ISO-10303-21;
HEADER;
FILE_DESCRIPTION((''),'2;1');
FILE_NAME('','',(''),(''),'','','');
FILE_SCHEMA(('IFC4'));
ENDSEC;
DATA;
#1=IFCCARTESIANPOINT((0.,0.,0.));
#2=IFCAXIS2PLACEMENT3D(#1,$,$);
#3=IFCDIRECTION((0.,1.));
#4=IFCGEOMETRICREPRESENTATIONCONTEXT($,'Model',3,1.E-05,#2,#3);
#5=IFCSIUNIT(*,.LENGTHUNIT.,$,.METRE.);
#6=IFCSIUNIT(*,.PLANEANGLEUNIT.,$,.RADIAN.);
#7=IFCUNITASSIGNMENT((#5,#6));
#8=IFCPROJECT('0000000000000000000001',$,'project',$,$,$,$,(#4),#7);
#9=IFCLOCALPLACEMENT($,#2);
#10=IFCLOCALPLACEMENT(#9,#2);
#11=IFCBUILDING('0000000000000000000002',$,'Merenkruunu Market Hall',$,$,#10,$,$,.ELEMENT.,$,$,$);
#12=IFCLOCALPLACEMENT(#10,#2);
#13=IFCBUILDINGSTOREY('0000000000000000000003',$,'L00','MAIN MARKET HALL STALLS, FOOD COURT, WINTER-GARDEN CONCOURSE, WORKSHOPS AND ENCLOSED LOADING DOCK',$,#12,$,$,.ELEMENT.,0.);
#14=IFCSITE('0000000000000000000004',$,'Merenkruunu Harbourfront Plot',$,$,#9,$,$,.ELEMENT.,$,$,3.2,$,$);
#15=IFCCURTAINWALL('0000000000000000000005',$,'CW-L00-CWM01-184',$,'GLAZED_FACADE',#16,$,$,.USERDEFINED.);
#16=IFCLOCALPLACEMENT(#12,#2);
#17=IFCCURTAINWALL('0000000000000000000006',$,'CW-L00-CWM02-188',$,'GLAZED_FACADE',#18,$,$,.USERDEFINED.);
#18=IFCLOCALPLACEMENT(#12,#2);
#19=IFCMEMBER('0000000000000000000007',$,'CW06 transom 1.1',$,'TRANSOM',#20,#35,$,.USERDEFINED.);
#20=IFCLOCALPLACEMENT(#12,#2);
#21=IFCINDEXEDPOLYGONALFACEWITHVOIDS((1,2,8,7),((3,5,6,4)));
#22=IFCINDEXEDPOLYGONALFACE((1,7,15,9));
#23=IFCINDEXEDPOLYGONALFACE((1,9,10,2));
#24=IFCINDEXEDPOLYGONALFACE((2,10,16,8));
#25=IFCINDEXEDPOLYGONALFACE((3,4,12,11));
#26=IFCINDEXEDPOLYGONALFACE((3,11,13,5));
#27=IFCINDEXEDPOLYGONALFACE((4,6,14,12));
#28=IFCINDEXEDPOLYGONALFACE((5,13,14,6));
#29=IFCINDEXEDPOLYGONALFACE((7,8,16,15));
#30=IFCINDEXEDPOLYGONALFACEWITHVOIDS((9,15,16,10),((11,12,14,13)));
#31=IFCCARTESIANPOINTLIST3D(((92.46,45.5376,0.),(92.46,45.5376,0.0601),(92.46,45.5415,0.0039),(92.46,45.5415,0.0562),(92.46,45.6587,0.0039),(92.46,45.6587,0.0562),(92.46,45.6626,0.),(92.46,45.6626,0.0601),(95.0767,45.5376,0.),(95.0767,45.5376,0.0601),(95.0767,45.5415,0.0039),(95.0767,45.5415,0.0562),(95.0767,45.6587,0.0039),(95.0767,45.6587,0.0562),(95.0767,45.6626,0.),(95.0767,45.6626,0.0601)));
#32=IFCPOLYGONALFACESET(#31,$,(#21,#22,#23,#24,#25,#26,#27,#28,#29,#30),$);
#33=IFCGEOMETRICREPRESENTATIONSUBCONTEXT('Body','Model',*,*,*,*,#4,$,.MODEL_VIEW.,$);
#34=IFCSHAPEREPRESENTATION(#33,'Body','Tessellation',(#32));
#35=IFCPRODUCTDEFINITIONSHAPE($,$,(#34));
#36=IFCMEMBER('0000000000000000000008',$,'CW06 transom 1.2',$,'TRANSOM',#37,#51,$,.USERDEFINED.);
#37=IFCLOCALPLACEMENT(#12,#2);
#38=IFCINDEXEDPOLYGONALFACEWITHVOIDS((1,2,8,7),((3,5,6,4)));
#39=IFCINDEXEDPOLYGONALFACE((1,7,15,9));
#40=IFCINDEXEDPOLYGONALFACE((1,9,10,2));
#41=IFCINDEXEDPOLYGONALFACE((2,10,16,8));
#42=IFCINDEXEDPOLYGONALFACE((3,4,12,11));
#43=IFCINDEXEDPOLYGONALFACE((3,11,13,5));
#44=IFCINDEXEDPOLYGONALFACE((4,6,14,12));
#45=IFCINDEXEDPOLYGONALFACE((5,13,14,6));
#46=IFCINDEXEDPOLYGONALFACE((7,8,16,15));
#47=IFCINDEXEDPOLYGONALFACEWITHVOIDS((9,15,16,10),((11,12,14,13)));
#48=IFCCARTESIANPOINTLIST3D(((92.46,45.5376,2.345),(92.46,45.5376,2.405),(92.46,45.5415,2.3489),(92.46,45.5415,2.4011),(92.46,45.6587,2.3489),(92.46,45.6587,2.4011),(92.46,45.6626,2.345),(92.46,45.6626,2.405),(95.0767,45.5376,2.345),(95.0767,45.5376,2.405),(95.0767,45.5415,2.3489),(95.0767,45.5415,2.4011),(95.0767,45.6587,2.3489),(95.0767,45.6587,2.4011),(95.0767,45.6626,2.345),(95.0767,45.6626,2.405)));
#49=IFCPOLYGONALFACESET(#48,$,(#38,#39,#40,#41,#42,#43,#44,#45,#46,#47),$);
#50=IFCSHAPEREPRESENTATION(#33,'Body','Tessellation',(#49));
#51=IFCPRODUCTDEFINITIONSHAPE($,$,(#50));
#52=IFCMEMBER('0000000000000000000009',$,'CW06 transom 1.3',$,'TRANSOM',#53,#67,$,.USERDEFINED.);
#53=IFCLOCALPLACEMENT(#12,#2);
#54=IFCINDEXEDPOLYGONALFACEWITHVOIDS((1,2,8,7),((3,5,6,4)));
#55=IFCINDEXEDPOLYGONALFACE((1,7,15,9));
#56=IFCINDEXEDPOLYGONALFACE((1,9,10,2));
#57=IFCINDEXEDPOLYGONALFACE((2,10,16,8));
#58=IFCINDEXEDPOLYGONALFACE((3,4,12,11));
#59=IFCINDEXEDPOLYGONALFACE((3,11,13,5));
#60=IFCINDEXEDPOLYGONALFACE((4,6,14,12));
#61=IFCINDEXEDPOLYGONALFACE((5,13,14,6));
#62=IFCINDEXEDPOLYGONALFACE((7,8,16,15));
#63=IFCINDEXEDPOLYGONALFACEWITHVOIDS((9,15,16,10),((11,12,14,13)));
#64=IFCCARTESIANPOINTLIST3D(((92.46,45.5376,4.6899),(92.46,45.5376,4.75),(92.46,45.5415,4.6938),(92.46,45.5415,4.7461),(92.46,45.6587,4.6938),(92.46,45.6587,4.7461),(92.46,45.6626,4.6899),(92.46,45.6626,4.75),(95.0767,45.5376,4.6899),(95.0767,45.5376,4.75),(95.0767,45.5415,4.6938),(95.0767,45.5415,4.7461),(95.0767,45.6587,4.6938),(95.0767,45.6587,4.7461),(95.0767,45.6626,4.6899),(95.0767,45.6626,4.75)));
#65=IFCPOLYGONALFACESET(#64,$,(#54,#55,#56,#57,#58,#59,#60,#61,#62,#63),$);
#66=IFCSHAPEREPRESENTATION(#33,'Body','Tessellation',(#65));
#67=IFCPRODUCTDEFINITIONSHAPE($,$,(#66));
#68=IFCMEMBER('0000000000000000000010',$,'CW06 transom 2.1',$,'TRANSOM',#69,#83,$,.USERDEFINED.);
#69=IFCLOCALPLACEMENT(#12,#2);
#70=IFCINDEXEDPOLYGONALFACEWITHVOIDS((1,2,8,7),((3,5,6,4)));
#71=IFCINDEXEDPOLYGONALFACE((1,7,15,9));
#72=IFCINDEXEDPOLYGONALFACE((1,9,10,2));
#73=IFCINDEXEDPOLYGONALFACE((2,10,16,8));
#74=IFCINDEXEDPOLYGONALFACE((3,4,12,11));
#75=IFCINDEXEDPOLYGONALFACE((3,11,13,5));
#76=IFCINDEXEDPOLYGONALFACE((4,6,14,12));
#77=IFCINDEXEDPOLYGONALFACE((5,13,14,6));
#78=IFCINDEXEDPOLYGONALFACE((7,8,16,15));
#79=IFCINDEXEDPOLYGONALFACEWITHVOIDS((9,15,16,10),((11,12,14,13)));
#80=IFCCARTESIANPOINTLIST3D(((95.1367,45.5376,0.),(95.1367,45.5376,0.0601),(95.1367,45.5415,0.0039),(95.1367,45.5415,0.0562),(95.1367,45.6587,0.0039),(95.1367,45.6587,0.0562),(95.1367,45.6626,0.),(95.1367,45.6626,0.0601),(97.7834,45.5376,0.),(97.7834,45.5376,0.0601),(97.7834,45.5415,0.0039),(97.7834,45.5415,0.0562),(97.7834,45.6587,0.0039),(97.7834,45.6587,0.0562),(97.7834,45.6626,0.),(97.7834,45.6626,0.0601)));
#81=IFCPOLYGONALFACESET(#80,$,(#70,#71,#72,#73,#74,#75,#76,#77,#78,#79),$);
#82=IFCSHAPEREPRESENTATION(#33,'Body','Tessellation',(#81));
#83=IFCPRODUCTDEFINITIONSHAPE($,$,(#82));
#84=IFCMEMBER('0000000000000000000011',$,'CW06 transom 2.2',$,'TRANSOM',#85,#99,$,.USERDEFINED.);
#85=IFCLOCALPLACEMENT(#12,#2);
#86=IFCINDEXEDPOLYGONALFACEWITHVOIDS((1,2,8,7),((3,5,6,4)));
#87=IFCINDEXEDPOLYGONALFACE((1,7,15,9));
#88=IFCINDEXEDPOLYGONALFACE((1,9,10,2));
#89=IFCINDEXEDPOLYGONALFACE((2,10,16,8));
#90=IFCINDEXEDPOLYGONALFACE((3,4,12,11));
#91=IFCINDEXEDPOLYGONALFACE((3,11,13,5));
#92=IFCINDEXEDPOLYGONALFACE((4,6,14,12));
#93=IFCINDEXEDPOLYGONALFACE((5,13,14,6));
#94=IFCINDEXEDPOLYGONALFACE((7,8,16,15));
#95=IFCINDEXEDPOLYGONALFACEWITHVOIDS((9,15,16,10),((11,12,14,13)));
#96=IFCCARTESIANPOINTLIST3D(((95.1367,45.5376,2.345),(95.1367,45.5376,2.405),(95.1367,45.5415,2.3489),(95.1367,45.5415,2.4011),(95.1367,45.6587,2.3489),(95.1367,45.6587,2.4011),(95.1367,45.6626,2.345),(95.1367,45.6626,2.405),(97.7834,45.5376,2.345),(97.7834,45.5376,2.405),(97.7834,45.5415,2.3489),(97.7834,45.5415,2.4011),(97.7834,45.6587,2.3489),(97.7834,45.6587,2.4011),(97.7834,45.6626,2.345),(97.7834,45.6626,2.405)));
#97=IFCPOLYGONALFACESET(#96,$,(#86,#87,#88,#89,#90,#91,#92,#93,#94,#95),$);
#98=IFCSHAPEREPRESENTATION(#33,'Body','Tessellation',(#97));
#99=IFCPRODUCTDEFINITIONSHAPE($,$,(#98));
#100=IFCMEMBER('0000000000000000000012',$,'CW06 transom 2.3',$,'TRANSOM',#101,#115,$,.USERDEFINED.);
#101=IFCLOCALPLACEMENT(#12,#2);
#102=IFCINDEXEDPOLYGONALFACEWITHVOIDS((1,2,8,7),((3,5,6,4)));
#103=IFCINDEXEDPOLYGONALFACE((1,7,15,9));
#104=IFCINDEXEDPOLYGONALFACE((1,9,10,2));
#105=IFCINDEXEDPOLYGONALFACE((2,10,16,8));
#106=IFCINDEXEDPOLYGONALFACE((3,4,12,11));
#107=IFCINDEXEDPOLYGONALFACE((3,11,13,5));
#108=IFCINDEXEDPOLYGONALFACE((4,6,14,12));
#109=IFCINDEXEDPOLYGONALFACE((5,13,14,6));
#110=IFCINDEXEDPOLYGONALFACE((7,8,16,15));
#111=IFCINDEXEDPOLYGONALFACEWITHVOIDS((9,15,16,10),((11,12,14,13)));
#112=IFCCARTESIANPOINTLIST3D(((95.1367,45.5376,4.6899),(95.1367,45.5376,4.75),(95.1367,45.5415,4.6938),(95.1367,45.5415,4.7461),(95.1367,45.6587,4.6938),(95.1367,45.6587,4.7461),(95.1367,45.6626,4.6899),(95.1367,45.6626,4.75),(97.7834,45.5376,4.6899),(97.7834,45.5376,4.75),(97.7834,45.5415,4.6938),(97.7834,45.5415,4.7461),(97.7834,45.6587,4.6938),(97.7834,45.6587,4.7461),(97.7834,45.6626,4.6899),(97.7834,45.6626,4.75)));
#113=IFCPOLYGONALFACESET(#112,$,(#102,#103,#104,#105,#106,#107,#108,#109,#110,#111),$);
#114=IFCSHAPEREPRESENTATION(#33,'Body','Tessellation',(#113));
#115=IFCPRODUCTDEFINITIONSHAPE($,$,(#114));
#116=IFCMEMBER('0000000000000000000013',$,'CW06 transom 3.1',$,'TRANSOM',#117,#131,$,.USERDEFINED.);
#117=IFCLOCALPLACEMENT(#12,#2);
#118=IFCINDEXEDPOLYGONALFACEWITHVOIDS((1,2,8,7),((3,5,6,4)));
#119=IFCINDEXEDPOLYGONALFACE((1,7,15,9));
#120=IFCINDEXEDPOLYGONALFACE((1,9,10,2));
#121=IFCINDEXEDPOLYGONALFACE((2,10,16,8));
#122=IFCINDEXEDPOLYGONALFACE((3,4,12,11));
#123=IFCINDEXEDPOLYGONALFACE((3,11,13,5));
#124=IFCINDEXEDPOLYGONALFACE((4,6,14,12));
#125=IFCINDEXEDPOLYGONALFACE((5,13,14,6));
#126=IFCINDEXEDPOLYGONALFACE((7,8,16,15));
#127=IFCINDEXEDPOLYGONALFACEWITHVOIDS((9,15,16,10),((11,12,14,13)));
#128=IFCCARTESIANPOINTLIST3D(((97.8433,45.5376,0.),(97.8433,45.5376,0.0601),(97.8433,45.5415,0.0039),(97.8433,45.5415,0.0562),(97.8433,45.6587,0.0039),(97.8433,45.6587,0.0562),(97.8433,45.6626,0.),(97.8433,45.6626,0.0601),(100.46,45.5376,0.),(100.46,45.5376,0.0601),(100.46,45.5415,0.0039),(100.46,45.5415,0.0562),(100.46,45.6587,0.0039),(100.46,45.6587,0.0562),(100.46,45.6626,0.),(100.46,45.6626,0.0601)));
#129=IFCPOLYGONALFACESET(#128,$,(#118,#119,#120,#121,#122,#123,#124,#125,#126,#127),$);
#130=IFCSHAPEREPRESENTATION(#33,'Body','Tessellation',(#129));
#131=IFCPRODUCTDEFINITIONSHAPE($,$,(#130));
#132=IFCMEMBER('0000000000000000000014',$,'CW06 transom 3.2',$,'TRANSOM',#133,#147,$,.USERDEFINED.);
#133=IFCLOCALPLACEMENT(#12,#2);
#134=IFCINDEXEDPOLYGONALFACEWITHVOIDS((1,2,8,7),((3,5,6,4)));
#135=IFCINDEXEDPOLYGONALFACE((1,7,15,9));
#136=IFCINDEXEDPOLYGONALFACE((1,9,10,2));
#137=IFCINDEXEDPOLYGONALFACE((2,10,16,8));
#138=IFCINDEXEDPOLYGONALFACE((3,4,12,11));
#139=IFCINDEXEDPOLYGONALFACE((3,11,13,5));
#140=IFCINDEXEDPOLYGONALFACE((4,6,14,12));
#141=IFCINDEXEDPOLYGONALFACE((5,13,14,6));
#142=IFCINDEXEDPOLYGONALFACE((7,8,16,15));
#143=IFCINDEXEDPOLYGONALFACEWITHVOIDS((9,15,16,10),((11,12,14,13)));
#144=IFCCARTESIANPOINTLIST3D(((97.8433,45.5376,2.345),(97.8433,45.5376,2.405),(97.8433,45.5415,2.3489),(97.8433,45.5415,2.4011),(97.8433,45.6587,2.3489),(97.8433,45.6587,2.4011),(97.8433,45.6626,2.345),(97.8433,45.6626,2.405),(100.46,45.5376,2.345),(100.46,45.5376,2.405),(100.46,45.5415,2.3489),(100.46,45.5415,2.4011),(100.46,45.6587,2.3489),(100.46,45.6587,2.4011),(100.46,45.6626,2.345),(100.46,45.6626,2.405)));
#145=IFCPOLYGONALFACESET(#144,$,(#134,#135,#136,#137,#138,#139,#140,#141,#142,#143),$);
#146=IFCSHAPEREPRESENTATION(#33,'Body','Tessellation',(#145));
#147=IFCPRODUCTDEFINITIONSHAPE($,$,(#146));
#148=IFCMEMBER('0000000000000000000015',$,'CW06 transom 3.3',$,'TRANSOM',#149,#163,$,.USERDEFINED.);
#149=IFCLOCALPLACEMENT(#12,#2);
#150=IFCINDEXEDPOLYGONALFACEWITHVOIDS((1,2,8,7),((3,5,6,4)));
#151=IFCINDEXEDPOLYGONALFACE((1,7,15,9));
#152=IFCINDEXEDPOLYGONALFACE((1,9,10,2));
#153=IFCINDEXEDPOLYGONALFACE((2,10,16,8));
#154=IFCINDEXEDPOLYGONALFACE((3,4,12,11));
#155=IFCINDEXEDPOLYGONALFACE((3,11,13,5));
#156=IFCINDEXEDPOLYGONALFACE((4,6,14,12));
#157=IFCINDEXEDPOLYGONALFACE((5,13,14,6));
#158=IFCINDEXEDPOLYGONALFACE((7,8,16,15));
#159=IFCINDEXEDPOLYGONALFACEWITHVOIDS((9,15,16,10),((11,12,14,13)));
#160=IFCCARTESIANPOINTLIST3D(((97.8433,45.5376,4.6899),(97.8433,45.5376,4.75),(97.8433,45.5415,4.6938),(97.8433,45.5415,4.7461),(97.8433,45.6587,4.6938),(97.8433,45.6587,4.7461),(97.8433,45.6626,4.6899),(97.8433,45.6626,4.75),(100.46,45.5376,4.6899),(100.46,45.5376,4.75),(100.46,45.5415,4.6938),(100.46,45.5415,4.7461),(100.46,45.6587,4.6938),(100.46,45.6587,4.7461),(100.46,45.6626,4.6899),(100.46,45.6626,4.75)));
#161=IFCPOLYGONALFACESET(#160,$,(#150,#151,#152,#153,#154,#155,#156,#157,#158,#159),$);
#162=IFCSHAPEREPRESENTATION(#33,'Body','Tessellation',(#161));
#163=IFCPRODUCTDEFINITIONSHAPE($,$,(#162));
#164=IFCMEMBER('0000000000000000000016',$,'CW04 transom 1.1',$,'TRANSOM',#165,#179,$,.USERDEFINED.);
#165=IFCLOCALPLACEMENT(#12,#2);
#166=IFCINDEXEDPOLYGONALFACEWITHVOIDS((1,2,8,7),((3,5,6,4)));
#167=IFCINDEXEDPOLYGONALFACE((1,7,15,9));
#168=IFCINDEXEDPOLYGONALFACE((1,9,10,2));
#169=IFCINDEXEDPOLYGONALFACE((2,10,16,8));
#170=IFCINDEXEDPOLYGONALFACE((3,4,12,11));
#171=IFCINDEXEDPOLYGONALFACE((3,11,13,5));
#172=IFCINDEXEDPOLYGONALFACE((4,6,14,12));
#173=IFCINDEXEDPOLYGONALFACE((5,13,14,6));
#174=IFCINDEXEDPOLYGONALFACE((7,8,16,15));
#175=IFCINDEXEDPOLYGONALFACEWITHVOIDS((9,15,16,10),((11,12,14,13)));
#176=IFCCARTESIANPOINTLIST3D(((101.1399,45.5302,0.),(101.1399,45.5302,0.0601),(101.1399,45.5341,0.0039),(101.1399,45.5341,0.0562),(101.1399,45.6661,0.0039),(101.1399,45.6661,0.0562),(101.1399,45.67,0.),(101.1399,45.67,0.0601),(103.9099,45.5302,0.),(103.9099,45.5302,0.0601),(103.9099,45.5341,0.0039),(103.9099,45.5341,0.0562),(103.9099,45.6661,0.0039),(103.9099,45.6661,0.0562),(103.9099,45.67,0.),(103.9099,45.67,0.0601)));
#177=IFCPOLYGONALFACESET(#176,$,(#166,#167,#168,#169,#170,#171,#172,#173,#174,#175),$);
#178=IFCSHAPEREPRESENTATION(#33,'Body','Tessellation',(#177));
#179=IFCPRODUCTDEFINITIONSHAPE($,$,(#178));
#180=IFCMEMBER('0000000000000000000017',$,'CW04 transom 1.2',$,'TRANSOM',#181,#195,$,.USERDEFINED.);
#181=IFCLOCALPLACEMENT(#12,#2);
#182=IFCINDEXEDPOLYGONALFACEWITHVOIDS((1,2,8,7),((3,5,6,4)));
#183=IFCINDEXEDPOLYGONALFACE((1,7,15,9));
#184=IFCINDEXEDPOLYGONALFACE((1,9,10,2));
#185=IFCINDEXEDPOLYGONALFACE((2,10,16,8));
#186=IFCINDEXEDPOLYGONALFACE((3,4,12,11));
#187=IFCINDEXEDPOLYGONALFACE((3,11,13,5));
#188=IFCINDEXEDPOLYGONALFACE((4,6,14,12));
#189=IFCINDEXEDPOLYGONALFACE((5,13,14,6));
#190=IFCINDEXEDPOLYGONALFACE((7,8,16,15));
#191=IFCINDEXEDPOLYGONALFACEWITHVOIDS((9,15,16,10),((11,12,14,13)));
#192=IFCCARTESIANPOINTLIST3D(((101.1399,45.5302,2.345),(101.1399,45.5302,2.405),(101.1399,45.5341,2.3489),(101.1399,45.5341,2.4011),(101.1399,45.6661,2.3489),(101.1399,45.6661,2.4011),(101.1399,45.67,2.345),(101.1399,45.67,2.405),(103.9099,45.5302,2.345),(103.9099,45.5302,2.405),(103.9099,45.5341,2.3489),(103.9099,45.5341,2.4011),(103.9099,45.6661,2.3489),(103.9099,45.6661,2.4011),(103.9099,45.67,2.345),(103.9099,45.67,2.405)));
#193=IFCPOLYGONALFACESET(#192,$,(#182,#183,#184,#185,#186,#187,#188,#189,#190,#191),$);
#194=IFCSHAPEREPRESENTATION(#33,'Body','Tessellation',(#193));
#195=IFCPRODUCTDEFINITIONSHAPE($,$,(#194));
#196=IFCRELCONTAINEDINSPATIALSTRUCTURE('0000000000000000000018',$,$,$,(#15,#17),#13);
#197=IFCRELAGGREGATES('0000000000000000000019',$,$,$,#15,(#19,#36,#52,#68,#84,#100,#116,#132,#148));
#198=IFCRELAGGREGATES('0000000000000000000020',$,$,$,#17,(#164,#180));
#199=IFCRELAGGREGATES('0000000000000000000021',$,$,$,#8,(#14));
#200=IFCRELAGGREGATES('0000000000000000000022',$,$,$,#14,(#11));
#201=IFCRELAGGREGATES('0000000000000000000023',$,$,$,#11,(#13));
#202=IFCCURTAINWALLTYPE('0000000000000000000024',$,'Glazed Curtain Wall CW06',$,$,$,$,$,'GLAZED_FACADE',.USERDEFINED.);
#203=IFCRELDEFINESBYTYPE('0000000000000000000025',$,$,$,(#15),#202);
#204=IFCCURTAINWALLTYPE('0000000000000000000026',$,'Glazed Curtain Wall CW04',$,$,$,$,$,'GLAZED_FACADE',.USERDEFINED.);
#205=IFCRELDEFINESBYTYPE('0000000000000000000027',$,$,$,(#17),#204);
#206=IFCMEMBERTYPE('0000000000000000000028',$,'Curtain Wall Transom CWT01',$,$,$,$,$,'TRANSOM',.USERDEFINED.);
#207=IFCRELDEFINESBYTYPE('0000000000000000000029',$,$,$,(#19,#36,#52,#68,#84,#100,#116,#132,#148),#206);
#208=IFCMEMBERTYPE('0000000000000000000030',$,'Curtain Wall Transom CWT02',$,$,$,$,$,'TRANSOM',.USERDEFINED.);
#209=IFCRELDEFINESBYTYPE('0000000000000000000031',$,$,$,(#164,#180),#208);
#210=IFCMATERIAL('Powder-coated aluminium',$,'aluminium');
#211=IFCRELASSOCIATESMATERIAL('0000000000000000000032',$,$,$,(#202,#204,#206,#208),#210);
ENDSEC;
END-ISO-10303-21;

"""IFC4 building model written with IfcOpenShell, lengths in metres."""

from ifc_helpers import new_model, si_unit, direction, frame, origin, origin_2d, place, context, subcontext, project, spatial, hollow_rectangle, extrude, material, material_profile, profile_set, type_object, element, aggregate, save


model = new_model("IFC4")

# Units and contexts
model_context = context("Model", 3, precision=1e-05, world=origin(), true_north=direction((0.0, 1.0)))
body_context = subcontext(model_context, "Body", "Model", "MODEL_VIEW")
ifc_project = project(units=[si_unit("LENGTHUNIT", "METRE"), si_unit("PLANEANGLEUNIT", "RADIAN")], contexts=[model_context])

# Site, building, storey
site_placement = place(None, origin())
site = spatial("IfcSite", under=ifc_project, at=site_placement, Name="Merenkruunu Harbourfront Plot", CompositionType="ELEMENT", RefElevation=3.2)
building_placement = place(site_placement, origin())
building = spatial("IfcBuilding", under=site, at=building_placement, Name="Merenkruunu Market Hall", CompositionType="ELEMENT")
storey_placement = place(building_placement, origin())
storey = spatial("IfcBuildingStorey", under=building, at=storey_placement, Name="L00", Description="MAIN MARKET HALL STALLS, FOOD COURT, WINTER-GARDEN CONCOURSE, WORKSHOPS AND ENCLOSED LOADING DOCK", CompositionType="ELEMENT", Elevation=0.0)

# Curtain wall
ifc_material_1 = material(Name="Powder-coated aluminium", Category="aluminium")
curtain_wall_type_1 = type_object("IfcCurtainWallType", Name="Glazed Curtain Wall CW06", ElementType="GLAZED_FACADE", PredefinedType="USERDEFINED", material=ifc_material_1)
curtain_wall_1_placement = place(storey_placement, origin())
curtain_wall_1 = element("IfcCurtainWall", 1, at=curtain_wall_1_placement, inside=storey, type_object=curtain_wall_type_1, Name="CW-L00-CWM01-184", ObjectType="GLAZED_FACADE", PredefinedType="USERDEFINED")

# Curtain wall
curtain_wall_type_2 = type_object("IfcCurtainWallType", Name="Glazed Curtain Wall CW04", ElementType="GLAZED_FACADE", PredefinedType="USERDEFINED", material=ifc_material_1)
curtain_wall_2_placement = place(storey_placement, origin())
curtain_wall_2 = element("IfcCurtainWall", 2, at=curtain_wall_2_placement, inside=storey, type_object=curtain_wall_type_2, Name="CW-L00-CWM02-188", ObjectType="GLAZED_FACADE", PredefinedType="USERDEFINED")

# Members
ifc_material_profile_1 = material_profile(ifc_material_1, hollow_rectangle(XDim=0.0601, YDim=0.125, WallThickness=0.0039, at=origin_2d()), Name="ALU 60x125x4")
ifc_profile_set_1 = profile_set([ifc_material_profile_1], Name="Powder-coated aluminium")
member_type_1 = type_object("IfcMemberType", Name="Curtain Wall Transom CWT01", ElementType="TRANSOM", PredefinedType="USERDEFINED", material=ifc_profile_set_1)
member_1_placement = place(storey_placement, frame((92.46, 45.6001, 0.03), z_axis=(1.0, 0.0, 0.0), x_axis=(0.0, 0.0, 1.0)))
member_1 = element("IfcMember", 3, at=member_1_placement, type_object=member_type_1, Name="CW06 transom 1.1", ObjectType="TRANSOM", PredefinedType="USERDEFINED", context=body_context, shape_type="SweptSolid", body=[
    extrude(hollow_rectangle(XDim=0.0601, YDim=0.125, WallThickness=0.0039, at=origin_2d()), origin(), (0.0, 0.0, 1.0), 2.6167),
])
member_2_placement = place(storey_placement, frame((92.46, 45.6001, 2.375), z_axis=(1.0, 0.0, 0.0), x_axis=(0.0, 0.0, 1.0)))
member_2 = element("IfcMember", 4, at=member_2_placement, type_object=member_type_1, Name="CW06 transom 1.2", ObjectType="TRANSOM", PredefinedType="USERDEFINED", context=body_context, shape_type="SweptSolid", body=[
    extrude(hollow_rectangle(XDim=0.0601, YDim=0.125, WallThickness=0.0039, at=origin_2d()), origin(), (0.0, 0.0, 1.0), 2.6167),
])
member_3_placement = place(storey_placement, frame((92.46, 45.6001, 4.72), z_axis=(1.0, 0.0, 0.0), x_axis=(0.0, 0.0, 1.0)))
member_3 = element("IfcMember", 5, at=member_3_placement, type_object=member_type_1, Name="CW06 transom 1.3", ObjectType="TRANSOM", PredefinedType="USERDEFINED", context=body_context, shape_type="SweptSolid", body=[
    extrude(hollow_rectangle(XDim=0.0601, YDim=0.125, WallThickness=0.0039, at=origin_2d()), origin(), (0.0, 0.0, 1.0), 2.6167),
])
member_4_placement = place(storey_placement, frame((95.1367, 45.6001, 0.03), z_axis=(1.0, 0.0, 0.0), x_axis=(0.0, 0.0, 1.0)))
member_4 = element("IfcMember", 6, at=member_4_placement, type_object=member_type_1, Name="CW06 transom 2.1", ObjectType="TRANSOM", PredefinedType="USERDEFINED", context=body_context, shape_type="SweptSolid", body=[
    extrude(hollow_rectangle(XDim=0.0601, YDim=0.125, WallThickness=0.0039, at=origin_2d()), origin(), (0.0, 0.0, 1.0), 2.6467),
])
member_5_placement = place(storey_placement, frame((95.1367, 45.6001, 2.375), z_axis=(1.0, 0.0, 0.0), x_axis=(0.0, 0.0, 1.0)))
member_5 = element("IfcMember", 7, at=member_5_placement, type_object=member_type_1, Name="CW06 transom 2.2", ObjectType="TRANSOM", PredefinedType="USERDEFINED", context=body_context, shape_type="SweptSolid", body=[
    extrude(hollow_rectangle(XDim=0.0601, YDim=0.125, WallThickness=0.0039, at=origin_2d()), origin(), (0.0, 0.0, 1.0), 2.6467),
])
member_6_placement = place(storey_placement, frame((95.1367, 45.6001, 4.72), z_axis=(1.0, 0.0, 0.0), x_axis=(0.0, 0.0, 1.0)))
member_6 = element("IfcMember", 8, at=member_6_placement, type_object=member_type_1, Name="CW06 transom 2.3", ObjectType="TRANSOM", PredefinedType="USERDEFINED", context=body_context, shape_type="SweptSolid", body=[
    extrude(hollow_rectangle(XDim=0.0601, YDim=0.125, WallThickness=0.0039, at=origin_2d()), origin(), (0.0, 0.0, 1.0), 2.6467),
])
member_7_placement = place(storey_placement, frame((97.8433, 45.6001, 0.03), z_axis=(1.0, 0.0, 0.0), x_axis=(0.0, 0.0, 1.0)))
member_7 = element("IfcMember", 9, at=member_7_placement, type_object=member_type_1, Name="CW06 transom 3.1", ObjectType="TRANSOM", PredefinedType="USERDEFINED", context=body_context, shape_type="SweptSolid", body=[
    extrude(hollow_rectangle(XDim=0.0601, YDim=0.125, WallThickness=0.0039, at=origin_2d()), origin(), (0.0, 0.0, 1.0), 2.6167),
])
member_8_placement = place(storey_placement, frame((97.8433, 45.6001, 2.375), z_axis=(1.0, 0.0, 0.0), x_axis=(0.0, 0.0, 1.0)))
member_8 = element("IfcMember", 10, at=member_8_placement, type_object=member_type_1, Name="CW06 transom 3.2", ObjectType="TRANSOM", PredefinedType="USERDEFINED", context=body_context, shape_type="SweptSolid", body=[
    extrude(hollow_rectangle(XDim=0.0601, YDim=0.125, WallThickness=0.0039, at=origin_2d()), origin(), (0.0, 0.0, 1.0), 2.6167),
])
member_9_placement = place(storey_placement, frame((97.8433, 45.6001, 4.72), z_axis=(1.0, 0.0, 0.0), x_axis=(0.0, 0.0, 1.0)))
member_9 = element("IfcMember", 11, at=member_9_placement, type_object=member_type_1, Name="CW06 transom 3.3", ObjectType="TRANSOM", PredefinedType="USERDEFINED", context=body_context, shape_type="SweptSolid", body=[
    extrude(hollow_rectangle(XDim=0.0601, YDim=0.125, WallThickness=0.0039, at=origin_2d()), origin(), (0.0, 0.0, 1.0), 2.6167),
])
ifc_material_profile_2 = material_profile(ifc_material_1, hollow_rectangle(XDim=0.0601, YDim=0.1399, WallThickness=0.0039, at=origin_2d()), Name="ALU 60x140x4")
ifc_profile_set_2 = profile_set([ifc_material_profile_2], Name="Powder-coated aluminium")
member_type_2 = type_object("IfcMemberType", Name="Curtain Wall Transom CWT02", ElementType="TRANSOM", PredefinedType="USERDEFINED", material=ifc_profile_set_2)
member_10_placement = place(storey_placement, frame((101.1399, 45.6001, 0.03), z_axis=(1.0, 0.0, 0.0), x_axis=(0.0, 0.0, 1.0)))
member_10 = element("IfcMember", 12, at=member_10_placement, type_object=member_type_2, Name="CW04 transom 1.1", ObjectType="TRANSOM", PredefinedType="USERDEFINED", context=body_context, shape_type="SweptSolid", body=[
    extrude(hollow_rectangle(XDim=0.0601, YDim=0.1399, WallThickness=0.0039, at=origin_2d()), origin(), (0.0, 0.0, 1.0), 2.77),
])
member_11_placement = place(storey_placement, frame((101.1399, 45.6001, 2.375), z_axis=(1.0, 0.0, 0.0), x_axis=(0.0, 0.0, 1.0)))
member_11 = element("IfcMember", 13, at=member_11_placement, type_object=member_type_2, Name="CW04 transom 1.2", ObjectType="TRANSOM", PredefinedType="USERDEFINED", context=body_context, shape_type="SweptSolid", body=[
    extrude(hollow_rectangle(XDim=0.0601, YDim=0.1399, WallThickness=0.0039, at=origin_2d()), origin(), (0.0, 0.0, 1.0), 2.77),
])

aggregate(curtain_wall_1, [member_1, member_2, member_3, member_4, member_5, member_6, member_7, member_8, member_9])
aggregate(curtain_wall_2, [member_10, member_11])

save(model, "model.ifc")
